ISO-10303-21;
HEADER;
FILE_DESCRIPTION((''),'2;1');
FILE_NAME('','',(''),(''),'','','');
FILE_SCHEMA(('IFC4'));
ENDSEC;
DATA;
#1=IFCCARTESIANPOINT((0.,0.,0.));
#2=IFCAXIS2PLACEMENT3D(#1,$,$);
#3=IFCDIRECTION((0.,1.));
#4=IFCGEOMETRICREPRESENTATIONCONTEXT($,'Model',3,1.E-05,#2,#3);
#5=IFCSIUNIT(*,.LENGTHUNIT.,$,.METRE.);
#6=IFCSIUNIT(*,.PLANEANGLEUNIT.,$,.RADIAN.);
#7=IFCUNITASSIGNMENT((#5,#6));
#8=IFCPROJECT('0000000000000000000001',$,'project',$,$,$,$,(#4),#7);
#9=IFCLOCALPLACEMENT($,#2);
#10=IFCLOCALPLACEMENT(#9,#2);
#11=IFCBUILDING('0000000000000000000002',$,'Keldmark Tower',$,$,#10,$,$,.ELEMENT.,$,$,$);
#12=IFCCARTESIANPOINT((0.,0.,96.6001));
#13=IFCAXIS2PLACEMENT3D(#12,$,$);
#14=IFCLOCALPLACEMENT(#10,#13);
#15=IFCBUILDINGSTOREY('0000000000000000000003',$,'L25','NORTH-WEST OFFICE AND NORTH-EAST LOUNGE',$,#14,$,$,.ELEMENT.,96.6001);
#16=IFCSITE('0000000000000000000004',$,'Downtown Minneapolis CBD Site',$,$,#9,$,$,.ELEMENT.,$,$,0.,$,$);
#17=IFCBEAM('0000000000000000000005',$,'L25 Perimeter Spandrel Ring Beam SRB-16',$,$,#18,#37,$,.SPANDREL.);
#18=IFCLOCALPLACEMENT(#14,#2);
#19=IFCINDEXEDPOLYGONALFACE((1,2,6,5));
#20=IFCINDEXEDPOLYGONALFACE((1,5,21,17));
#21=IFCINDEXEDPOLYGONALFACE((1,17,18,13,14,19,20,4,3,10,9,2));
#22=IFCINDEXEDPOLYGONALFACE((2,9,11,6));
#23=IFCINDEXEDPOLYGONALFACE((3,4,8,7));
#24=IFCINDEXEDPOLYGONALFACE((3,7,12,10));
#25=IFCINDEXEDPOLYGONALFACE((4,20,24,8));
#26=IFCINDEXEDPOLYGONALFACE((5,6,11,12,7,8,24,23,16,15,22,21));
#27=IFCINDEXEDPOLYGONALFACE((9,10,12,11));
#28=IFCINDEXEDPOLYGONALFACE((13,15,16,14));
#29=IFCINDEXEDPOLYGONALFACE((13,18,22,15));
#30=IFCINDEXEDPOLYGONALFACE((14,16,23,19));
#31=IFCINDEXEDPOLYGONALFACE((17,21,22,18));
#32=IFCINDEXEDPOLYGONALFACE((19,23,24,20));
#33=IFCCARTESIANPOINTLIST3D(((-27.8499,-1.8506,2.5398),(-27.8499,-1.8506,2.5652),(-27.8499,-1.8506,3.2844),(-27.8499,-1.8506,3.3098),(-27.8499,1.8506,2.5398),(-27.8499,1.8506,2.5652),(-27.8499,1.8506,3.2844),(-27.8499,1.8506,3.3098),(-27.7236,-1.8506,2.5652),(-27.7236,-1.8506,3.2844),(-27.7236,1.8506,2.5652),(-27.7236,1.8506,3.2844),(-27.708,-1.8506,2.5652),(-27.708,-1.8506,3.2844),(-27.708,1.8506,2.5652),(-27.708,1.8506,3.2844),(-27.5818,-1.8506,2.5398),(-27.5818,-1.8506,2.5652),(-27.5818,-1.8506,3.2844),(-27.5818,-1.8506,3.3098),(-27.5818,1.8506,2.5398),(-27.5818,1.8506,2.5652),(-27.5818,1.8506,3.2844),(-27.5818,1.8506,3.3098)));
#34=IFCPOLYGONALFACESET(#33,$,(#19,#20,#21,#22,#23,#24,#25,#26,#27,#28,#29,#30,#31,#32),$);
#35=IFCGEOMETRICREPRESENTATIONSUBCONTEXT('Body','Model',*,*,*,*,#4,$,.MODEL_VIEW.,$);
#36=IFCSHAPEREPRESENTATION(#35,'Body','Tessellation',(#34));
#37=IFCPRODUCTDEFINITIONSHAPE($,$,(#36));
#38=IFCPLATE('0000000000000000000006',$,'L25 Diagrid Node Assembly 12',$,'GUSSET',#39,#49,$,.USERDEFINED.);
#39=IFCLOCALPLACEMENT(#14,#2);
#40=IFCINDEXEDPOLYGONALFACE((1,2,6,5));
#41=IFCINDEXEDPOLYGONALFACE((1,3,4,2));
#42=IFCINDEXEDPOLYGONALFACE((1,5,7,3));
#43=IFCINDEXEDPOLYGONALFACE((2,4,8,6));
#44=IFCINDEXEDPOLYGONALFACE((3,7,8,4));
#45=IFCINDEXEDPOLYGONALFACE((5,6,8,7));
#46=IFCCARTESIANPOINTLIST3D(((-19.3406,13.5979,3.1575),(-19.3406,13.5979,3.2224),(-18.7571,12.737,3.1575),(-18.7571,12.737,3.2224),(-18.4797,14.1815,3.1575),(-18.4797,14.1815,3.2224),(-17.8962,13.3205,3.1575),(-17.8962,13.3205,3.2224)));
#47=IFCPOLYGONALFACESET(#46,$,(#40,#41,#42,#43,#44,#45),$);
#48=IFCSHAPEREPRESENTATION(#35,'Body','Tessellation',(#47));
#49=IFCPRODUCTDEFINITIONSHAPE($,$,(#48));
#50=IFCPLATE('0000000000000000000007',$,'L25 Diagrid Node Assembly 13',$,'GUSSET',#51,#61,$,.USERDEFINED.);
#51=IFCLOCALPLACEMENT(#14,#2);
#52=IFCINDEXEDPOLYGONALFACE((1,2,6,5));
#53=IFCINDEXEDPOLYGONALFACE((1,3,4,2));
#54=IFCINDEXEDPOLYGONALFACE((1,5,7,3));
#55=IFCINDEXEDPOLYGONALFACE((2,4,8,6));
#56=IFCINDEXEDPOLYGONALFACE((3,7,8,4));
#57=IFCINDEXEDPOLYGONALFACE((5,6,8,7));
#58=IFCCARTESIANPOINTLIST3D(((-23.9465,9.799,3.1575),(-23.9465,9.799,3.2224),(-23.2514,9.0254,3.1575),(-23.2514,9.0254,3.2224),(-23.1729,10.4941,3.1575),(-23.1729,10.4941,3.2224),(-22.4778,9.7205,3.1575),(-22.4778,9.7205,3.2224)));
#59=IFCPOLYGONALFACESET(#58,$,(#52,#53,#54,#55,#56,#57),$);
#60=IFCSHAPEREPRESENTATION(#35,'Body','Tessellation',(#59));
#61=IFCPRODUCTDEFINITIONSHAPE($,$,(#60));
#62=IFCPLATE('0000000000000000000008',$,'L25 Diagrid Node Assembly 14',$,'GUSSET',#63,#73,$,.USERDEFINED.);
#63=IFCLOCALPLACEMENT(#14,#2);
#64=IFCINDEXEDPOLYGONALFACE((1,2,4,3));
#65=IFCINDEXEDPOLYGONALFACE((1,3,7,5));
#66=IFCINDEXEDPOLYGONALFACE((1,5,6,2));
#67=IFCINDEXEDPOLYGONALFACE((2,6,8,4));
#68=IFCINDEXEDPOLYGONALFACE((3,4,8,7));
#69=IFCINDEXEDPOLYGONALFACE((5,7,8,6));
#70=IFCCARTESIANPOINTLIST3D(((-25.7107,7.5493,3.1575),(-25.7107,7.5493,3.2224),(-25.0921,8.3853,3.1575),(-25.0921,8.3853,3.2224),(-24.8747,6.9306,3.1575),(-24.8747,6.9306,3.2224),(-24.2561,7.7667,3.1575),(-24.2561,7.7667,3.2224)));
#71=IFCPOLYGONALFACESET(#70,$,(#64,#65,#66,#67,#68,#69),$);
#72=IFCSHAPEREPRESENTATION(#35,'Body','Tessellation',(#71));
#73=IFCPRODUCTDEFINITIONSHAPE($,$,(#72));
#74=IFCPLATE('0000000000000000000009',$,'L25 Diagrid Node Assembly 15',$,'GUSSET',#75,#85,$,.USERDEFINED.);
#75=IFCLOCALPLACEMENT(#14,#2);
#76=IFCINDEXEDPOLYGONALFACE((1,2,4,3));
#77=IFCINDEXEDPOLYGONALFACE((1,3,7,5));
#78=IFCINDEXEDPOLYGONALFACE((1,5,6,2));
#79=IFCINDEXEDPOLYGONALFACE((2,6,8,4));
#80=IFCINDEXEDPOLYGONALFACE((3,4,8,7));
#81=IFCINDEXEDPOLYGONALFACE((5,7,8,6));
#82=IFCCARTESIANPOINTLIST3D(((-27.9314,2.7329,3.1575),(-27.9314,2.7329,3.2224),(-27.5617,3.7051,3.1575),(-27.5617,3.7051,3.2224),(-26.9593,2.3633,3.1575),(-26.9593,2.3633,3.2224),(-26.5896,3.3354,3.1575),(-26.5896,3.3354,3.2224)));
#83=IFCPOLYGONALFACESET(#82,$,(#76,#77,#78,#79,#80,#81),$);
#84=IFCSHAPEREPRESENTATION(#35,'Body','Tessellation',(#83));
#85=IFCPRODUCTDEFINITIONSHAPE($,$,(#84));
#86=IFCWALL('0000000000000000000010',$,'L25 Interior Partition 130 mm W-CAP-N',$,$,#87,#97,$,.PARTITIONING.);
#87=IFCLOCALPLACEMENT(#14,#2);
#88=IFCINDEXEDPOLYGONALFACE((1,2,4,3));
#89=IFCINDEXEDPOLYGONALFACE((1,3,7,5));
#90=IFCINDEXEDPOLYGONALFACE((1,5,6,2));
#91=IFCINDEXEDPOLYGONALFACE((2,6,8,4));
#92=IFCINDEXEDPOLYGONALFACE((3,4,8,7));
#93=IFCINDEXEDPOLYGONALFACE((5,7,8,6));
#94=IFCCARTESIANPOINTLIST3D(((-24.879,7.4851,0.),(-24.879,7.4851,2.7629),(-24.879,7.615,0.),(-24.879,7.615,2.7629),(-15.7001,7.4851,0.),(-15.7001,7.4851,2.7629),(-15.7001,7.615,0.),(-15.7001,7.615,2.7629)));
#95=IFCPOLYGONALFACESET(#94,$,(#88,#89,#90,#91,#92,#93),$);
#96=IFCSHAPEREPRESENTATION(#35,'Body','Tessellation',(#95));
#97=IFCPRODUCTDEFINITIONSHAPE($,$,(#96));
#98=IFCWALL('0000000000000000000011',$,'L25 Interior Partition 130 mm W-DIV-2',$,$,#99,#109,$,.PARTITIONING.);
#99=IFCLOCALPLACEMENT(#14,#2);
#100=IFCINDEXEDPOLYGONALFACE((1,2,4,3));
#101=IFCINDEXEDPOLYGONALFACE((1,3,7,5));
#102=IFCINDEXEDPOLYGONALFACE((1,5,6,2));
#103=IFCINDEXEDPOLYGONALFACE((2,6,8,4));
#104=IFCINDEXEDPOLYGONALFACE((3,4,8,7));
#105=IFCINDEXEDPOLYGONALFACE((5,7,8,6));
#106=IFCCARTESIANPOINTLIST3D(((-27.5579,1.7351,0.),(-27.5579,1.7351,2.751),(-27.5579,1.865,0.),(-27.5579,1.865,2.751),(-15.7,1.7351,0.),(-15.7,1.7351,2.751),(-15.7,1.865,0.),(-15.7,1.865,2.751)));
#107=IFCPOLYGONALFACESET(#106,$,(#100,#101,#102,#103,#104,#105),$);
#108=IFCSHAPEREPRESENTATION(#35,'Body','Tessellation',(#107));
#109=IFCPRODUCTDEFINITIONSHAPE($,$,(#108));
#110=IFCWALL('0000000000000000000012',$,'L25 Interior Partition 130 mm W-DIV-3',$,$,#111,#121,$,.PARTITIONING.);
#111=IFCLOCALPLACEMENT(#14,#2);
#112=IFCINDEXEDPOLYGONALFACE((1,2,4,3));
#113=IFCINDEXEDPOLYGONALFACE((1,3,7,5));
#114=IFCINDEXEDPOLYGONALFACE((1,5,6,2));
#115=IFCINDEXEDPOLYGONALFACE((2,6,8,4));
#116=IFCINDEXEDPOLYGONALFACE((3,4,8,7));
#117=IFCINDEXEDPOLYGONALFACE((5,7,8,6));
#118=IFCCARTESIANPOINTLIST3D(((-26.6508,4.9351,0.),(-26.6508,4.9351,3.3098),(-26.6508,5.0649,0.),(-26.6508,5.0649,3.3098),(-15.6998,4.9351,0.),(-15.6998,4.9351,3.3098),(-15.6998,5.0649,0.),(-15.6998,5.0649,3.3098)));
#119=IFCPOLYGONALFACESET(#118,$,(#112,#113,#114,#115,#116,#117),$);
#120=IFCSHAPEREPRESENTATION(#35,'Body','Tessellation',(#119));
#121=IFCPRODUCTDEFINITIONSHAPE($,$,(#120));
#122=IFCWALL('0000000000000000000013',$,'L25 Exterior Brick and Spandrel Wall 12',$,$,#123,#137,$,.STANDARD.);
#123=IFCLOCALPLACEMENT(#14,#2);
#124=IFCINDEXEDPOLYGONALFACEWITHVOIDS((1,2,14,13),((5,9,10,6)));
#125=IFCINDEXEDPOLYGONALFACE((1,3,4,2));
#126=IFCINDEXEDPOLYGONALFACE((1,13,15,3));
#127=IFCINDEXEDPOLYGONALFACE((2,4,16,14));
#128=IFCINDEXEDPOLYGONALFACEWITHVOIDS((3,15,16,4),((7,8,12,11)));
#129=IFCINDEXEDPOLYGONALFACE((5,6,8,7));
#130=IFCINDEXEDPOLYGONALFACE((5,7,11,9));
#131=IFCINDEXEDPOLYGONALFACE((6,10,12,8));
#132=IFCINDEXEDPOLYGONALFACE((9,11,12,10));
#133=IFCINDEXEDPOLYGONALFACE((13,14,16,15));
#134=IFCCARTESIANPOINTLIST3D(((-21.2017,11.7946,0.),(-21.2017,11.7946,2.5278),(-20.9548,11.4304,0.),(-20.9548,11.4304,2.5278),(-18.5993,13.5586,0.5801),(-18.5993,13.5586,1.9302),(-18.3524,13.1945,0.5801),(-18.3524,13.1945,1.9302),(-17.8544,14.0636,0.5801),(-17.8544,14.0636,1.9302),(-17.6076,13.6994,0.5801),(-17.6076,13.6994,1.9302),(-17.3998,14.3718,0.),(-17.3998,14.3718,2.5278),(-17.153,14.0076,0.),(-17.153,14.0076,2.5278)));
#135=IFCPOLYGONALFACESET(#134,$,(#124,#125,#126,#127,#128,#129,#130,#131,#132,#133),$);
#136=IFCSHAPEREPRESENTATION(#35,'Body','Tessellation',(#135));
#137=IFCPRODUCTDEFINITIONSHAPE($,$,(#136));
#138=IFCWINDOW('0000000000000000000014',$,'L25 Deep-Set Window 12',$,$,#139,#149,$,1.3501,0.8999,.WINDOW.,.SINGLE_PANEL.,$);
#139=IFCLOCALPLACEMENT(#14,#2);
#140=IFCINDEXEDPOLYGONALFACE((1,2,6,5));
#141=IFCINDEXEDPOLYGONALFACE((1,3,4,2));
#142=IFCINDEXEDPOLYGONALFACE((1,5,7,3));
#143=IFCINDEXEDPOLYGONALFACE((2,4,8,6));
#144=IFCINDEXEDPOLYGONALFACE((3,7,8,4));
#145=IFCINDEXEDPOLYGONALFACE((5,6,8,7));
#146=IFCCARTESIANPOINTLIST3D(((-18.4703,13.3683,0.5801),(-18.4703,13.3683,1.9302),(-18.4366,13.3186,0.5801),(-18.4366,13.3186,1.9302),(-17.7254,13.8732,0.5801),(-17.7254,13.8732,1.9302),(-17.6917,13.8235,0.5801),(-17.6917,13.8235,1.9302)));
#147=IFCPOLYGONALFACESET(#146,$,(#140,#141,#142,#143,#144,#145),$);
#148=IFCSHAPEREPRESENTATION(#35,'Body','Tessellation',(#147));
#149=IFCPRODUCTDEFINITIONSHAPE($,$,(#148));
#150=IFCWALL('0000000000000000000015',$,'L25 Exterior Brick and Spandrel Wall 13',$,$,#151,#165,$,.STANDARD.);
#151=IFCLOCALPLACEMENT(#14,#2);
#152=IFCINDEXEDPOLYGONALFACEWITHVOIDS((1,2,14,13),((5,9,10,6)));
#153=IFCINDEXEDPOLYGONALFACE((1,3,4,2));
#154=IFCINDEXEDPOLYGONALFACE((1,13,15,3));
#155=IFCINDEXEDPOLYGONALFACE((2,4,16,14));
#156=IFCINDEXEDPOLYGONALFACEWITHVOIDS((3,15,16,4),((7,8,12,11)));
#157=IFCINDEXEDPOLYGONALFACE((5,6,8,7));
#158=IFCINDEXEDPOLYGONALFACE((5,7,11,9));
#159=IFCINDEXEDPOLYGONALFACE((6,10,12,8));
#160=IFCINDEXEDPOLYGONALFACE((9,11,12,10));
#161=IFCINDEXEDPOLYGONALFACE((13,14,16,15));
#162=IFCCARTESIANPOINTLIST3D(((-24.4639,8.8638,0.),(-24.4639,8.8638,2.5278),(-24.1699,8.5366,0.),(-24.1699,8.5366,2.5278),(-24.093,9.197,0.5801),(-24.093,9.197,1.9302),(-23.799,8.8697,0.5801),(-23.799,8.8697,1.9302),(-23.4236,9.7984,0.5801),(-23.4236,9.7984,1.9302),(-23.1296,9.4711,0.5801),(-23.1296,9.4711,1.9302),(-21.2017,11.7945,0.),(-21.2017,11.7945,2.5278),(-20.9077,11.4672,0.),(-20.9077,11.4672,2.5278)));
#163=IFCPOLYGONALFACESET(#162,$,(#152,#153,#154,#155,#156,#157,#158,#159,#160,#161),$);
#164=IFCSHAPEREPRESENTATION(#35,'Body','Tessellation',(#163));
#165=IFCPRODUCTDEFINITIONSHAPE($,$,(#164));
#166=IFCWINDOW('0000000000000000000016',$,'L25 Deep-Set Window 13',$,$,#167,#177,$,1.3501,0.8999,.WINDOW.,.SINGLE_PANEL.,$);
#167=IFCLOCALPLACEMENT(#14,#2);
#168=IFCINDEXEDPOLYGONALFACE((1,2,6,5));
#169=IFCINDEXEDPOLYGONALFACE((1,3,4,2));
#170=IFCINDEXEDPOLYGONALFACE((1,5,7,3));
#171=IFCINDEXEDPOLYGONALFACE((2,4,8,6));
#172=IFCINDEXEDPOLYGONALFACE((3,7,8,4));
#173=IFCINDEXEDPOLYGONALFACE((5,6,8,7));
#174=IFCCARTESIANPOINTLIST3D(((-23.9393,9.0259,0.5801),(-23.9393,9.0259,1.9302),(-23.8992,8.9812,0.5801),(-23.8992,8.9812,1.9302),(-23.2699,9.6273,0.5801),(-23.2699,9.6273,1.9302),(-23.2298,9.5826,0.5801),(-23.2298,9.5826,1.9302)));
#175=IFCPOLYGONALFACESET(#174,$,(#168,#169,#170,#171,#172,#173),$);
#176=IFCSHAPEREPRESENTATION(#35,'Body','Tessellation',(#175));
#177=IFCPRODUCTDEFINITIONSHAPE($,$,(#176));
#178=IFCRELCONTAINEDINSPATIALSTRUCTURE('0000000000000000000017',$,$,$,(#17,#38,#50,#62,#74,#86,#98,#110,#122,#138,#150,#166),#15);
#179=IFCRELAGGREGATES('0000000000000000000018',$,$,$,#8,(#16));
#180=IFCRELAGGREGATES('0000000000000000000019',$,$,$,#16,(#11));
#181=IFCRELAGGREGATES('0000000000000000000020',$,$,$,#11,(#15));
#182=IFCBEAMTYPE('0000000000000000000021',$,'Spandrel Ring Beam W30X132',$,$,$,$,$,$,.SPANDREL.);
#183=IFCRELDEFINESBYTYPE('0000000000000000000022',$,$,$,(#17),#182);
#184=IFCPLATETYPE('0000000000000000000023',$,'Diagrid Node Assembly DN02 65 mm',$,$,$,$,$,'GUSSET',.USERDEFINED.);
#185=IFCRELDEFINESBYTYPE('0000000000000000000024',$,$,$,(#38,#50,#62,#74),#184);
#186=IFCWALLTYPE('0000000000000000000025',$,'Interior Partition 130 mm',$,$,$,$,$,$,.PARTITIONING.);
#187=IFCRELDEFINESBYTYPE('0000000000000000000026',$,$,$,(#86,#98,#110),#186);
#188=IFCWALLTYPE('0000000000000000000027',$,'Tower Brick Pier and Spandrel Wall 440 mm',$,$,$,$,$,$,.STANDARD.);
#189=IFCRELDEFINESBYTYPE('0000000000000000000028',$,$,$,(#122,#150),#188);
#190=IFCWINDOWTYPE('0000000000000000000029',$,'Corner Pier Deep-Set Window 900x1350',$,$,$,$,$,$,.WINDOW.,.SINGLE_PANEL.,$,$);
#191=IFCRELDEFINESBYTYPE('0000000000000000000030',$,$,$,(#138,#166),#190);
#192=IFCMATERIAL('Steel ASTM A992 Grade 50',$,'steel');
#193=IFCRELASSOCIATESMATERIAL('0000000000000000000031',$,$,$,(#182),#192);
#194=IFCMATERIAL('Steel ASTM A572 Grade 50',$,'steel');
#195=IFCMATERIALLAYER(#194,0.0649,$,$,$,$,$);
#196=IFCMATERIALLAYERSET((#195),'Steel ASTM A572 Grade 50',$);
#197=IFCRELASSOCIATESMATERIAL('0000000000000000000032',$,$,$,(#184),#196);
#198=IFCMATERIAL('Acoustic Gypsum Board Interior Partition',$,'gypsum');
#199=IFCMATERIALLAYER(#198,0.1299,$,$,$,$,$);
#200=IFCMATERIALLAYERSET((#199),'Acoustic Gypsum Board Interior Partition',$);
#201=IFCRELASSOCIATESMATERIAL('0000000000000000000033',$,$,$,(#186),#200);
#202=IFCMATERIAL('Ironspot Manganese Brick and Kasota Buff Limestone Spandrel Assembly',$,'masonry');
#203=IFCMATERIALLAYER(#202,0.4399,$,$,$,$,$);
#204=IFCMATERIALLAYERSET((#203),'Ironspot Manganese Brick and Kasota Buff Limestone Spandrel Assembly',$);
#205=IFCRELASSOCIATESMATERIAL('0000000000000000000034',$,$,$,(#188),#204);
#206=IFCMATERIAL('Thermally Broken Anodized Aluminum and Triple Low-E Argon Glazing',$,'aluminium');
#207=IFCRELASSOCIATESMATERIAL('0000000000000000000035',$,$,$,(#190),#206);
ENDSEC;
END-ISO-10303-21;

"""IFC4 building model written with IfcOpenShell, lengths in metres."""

from ifc_helpers import new_model, si_unit, direction, frame, frame_2d, origin, origin_2d, place, context, subcontext, project, spatial, rectangle, i_section, extrude, material, layer, layer_set, material_profile, profile_set, type_object, element, fill, save


model = new_model("IFC4")

# Units and contexts
model_context = context("Model", 3, precision=1e-05, world=origin(), true_north=direction((0.0, 1.0)))
body_context = subcontext(model_context, "Body", "Model", "MODEL_VIEW")
ifc_project = project(units=[si_unit("LENGTHUNIT", "METRE"), si_unit("PLANEANGLEUNIT", "RADIAN")], contexts=[model_context])

# Site, building, storey
site_placement = place(None, origin())
site = spatial("IfcSite", under=ifc_project, at=site_placement, Name="Downtown Minneapolis CBD Site", CompositionType="ELEMENT", RefElevation=0.0)
building_placement = place(site_placement, origin())
building = spatial("IfcBuilding", under=site, at=building_placement, Name="Keldmark Tower", CompositionType="ELEMENT")
storey_placement = place(building_placement, frame((0.0, 0.0, 96.6001)))
storey = spatial("IfcBuildingStorey", under=building, at=storey_placement, Name="L25", Description="NORTH-WEST OFFICE AND NORTH-EAST LOUNGE", CompositionType="ELEMENT", Elevation=96.6001)

# Beam
ifc_material_1 = material(Name="Steel ASTM A992 Grade 50", Category="steel")
ifc_material_profile_1 = material_profile(ifc_material_1, i_section(OverallWidth=0.2681, OverallDepth=0.77, WebThickness=0.0156, FlangeThickness=0.0254, at=origin_2d()), Name="W30X132")
ifc_profile_set_1 = profile_set([ifc_material_profile_1], Name="Steel ASTM A992 Grade 50")
beam_type_1 = type_object("IfcBeamType", Name="Spandrel Ring Beam W30X132", PredefinedType="SPANDREL", material=ifc_profile_set_1)
beam_1_placement = place(storey_placement, frame((-27.7158, 1.8506, 2.9248), z_axis=(0.0, -1.0, 0.0), x_axis=(1.0, 0.0, 0.0)))
element("IfcBeam", 1, at=beam_1_placement, inside=storey, type_object=beam_type_1, Name="L25 Perimeter Spandrel Ring Beam SRB-16", PredefinedType="SPANDREL", context=body_context, shape_type="SweptSolid", body=[
    extrude(i_section(OverallWidth=0.2681, OverallDepth=0.77, WebThickness=0.0156, FlangeThickness=0.0254, at=origin_2d()), origin(), (0.0, 0.0, 1.0), 3.7012),
])

# Plates
ifc_material_2 = material(Name="Steel ASTM A572 Grade 50", Category="steel")
ifc_layer_1 = layer(ifc_material_2, 0.0649)
ifc_layer_set_1 = layer_set([ifc_layer_1], Name="Steel ASTM A572 Grade 50")
plate_type = type_object("IfcPlateType", Name="Diagrid Node Assembly DN02 65 mm", ElementType="GUSSET", PredefinedType="USERDEFINED", material=ifc_layer_set_1)
for number, where, z_axis, x_axis, name in (
    (2, (-18.6184, 13.4592, 3.1575), (0.0, 0.0, 1.0), (-0.827767, -0.561072, 0.0), "L25 Diagrid Node Assembly 12"),
    (3, (-23.2122, 9.7598, 3.1575), (0.0, 0.0, 1.0), (-0.743845, -0.668352, 0.0), "L25 Diagrid Node Assembly 13"),
    (4, (-24.9834, 7.658, 3.1575), (0.0, 0.0, 1.0), (-0.594823, -0.803857, 0.0), "L25 Diagrid Node Assembly 14"),
    (5, (-27.2605, 3.0342, 3.1575), (0.0, 0.0, 1.0), (-0.355433, -0.934702, 0.0), "L25 Diagrid Node Assembly 15"),
):
    element("IfcPlate", number, at=place(storey_placement, frame(where, z_axis=z_axis, x_axis=x_axis)), inside=storey, type_object=plate_type, Name=name, ObjectType="GUSSET", PredefinedType="USERDEFINED", context=body_context, shape_type="SweptSolid", body=[
        extrude(rectangle(XDim=1.04, YDim=1.04, at=origin_2d()), origin(), (0.0, 0.0, 1.0), 0.0649),
    ])

# Walls
ifc_material_3 = material(Name="Acoustic Gypsum Board Interior Partition", Category="gypsum")
ifc_layer_2 = layer(ifc_material_3, 0.1299)
ifc_layer_set_2 = layer_set([ifc_layer_2], Name="Acoustic Gypsum Board Interior Partition")
wall_type_1 = type_object("IfcWallType", Name="Interior Partition 130 mm", PredefinedType="PARTITIONING", material=ifc_layer_set_2)
wall_1_placement = place(storey_placement, frame((-24.8789, 7.55, 0.0), z_axis=(0.0, 0.0, 1.0), x_axis=(1.0, 0.0, 0.0)))
element("IfcWall", 6, at=wall_1_placement, inside=storey, type_object=wall_type_1, Name="L25 Interior Partition 130 mm W-CAP-N", PredefinedType="PARTITIONING", context=body_context, shape_type="SweptSolid", body=[
    extrude(rectangle(XDim=9.179, YDim=0.1299, at=frame_2d((4.5894, 0.0))), origin(), (0.0, 0.0, 1.0), 2.7629),
])
wall_2_placement = place(storey_placement, frame((-27.5579, 1.8, 0.0), z_axis=(0.0, 0.0, 1.0), x_axis=(1.0, 0.0, 0.0)))
element("IfcWall", 7, at=wall_2_placement, inside=storey, type_object=wall_type_1, Name="L25 Interior Partition 130 mm W-DIV-2", PredefinedType="PARTITIONING", context=body_context, shape_type="SweptSolid", body=[
    extrude(rectangle(XDim=11.8579, YDim=0.1299, at=frame_2d((5.929, 0.0))), origin(), (0.0, 0.0, 1.0), 2.751),
])
wall_3_placement = place(storey_placement, frame((-26.6509, 5.0, 0.0), z_axis=(0.0, 0.0, 1.0), x_axis=(1.0, 0.0, 0.0)))
element("IfcWall", 8, at=wall_3_placement, inside=storey, type_object=wall_type_1, Name="L25 Interior Partition 130 mm W-DIV-3", PredefinedType="PARTITIONING", context=body_context, shape_type="SweptSolid", body=[
    extrude(rectangle(XDim=10.9509, YDim=0.1299, at=frame_2d((5.4756, 0.0))), origin(), (0.0, 0.0, 1.0), 3.3098),
])

# Walls, openings, windows
ifc_material_4 = material(Name="Ironspot Manganese Brick and Kasota Buff Limestone Spandrel Assembly", Category="masonry")
ifc_layer_3 = layer(ifc_material_4, 0.4399)
ifc_layer_set_3 = layer_set([ifc_layer_3], Name="Ironspot Manganese Brick and Kasota Buff Limestone Spandrel Assembly")
wall_type_2 = type_object("IfcWallType", Name="Tower Brick Pier and Spandrel Wall 440 mm", PredefinedType="STANDARD", material=ifc_layer_set_3)
wall_4_placement = place(storey_placement, frame((-21.0781, 11.6125, 0.0), z_axis=(0.0, 0.0, 1.0), x_axis=(0.82774, 0.561111, 0.0)))
wall_4 = element("IfcWall", 9, at=wall_4_placement, inside=storey, type_object=wall_type_2, Name="L25 Exterior Brick and Spandrel Wall 12", PredefinedType="STANDARD", context=body_context, shape_type="SweptSolid", body=[
    extrude(rectangle(XDim=4.593, YDim=0.4399, at=frame_2d((2.2964, 0.0))), origin(), (0.0, 0.0, 1.0), 2.5278),
])
opening_1_placement = place(wall_4_placement, frame((3.1438, 0.0, 0.5801)))
opening_1 = element("IfcOpeningElement", 10, at=opening_1_placement, cuts=wall_4, PredefinedType="OPENING", context=body_context, shape_type="SweptSolid", body=[
    extrude(rectangle(XDim=0.8999, YDim=1.3501, at=frame_2d((0.45, 0.675))), frame((0.0, 0.23, 0.0), z_axis=(0.0, -1.0, 0.0), x_axis=(1.0, 0.0, 0.0)), (0.0, 0.0, 1.0), 0.46),
])
ifc_material_5 = material(Name="Thermally Broken Anodized Aluminum and Triple Low-E Argon Glazing", Category="aluminium")
window_type = type_object("IfcWindowType", Name="Corner Pier Deep-Set Window 900x1350", PartitioningType="SINGLE_PANEL", PredefinedType="WINDOW", material=ifc_material_5)
window_1_placement = place(opening_1_placement, origin())
window_1 = element("IfcWindow", 11, at=window_1_placement, inside=storey, type_object=window_type, Name="L25 Deep-Set Window 12", OverallHeight=1.3501, OverallWidth=0.8999, PartitioningType="SINGLE_PANEL", PredefinedType="WINDOW", context=body_context, shape_type="SweptSolid", body=[
    extrude(rectangle(XDim=0.8999, YDim=1.3501, at=frame_2d((0.45, 0.675))), frame((0.0, -0.01, 0.0), z_axis=(0.0, -1.0, 0.0), x_axis=(1.0, 0.0, 0.0)), (0.0, 0.0, 1.0), 0.0601),
])
fill(opening_1, window_1)
wall_5_placement = place(storey_placement, frame((-24.3169, 8.7002, 0.0), z_axis=(0.0, 0.0, 1.0), x_axis=(0.743897, 0.668294, 0.0)))
wall_5 = element("IfcWall", 12, at=wall_5_placement, inside=storey, type_object=wall_type_2, Name="L25 Exterior Brick and Spandrel Wall 13", PredefinedType="STANDARD", context=body_context, shape_type="SweptSolid", body=[
    extrude(rectangle(XDim=4.3853, YDim=0.4399, at=frame_2d((2.1926, 0.0))), origin(), (0.0, 0.0, 1.0), 2.5278),
])
opening_2_placement = place(wall_5_placement, frame((0.4985, 0.0, 0.5801)))
opening_2 = element("IfcOpeningElement", 13, at=opening_2_placement, cuts=wall_5, PredefinedType="OPENING", context=body_context, shape_type="SweptSolid", body=[
    extrude(rectangle(XDim=0.8999, YDim=1.3501, at=frame_2d((0.45, 0.675))), frame((0.0, 0.23, 0.0), z_axis=(0.0, -1.0, 0.0), x_axis=(1.0, 0.0, 0.0)), (0.0, 0.0, 1.0), 0.46),
])
window_2_placement = place(opening_2_placement, origin())
window_2 = element("IfcWindow", 14, at=window_2_placement, inside=storey, type_object=window_type, Name="L25 Deep-Set Window 13", OverallHeight=1.3501, OverallWidth=0.8999, PartitioningType="SINGLE_PANEL", PredefinedType="WINDOW", context=body_context, shape_type="SweptSolid", body=[
    extrude(rectangle(XDim=0.8999, YDim=1.3501, at=frame_2d((0.45, 0.675))), frame((0.0, -0.01, 0.0), z_axis=(0.0, -1.0, 0.0), x_axis=(1.0, 0.0, 0.0)), (0.0, 0.0, 1.0), 0.0601),
])
fill(opening_2, window_2)

save(model, "model.ifc")
